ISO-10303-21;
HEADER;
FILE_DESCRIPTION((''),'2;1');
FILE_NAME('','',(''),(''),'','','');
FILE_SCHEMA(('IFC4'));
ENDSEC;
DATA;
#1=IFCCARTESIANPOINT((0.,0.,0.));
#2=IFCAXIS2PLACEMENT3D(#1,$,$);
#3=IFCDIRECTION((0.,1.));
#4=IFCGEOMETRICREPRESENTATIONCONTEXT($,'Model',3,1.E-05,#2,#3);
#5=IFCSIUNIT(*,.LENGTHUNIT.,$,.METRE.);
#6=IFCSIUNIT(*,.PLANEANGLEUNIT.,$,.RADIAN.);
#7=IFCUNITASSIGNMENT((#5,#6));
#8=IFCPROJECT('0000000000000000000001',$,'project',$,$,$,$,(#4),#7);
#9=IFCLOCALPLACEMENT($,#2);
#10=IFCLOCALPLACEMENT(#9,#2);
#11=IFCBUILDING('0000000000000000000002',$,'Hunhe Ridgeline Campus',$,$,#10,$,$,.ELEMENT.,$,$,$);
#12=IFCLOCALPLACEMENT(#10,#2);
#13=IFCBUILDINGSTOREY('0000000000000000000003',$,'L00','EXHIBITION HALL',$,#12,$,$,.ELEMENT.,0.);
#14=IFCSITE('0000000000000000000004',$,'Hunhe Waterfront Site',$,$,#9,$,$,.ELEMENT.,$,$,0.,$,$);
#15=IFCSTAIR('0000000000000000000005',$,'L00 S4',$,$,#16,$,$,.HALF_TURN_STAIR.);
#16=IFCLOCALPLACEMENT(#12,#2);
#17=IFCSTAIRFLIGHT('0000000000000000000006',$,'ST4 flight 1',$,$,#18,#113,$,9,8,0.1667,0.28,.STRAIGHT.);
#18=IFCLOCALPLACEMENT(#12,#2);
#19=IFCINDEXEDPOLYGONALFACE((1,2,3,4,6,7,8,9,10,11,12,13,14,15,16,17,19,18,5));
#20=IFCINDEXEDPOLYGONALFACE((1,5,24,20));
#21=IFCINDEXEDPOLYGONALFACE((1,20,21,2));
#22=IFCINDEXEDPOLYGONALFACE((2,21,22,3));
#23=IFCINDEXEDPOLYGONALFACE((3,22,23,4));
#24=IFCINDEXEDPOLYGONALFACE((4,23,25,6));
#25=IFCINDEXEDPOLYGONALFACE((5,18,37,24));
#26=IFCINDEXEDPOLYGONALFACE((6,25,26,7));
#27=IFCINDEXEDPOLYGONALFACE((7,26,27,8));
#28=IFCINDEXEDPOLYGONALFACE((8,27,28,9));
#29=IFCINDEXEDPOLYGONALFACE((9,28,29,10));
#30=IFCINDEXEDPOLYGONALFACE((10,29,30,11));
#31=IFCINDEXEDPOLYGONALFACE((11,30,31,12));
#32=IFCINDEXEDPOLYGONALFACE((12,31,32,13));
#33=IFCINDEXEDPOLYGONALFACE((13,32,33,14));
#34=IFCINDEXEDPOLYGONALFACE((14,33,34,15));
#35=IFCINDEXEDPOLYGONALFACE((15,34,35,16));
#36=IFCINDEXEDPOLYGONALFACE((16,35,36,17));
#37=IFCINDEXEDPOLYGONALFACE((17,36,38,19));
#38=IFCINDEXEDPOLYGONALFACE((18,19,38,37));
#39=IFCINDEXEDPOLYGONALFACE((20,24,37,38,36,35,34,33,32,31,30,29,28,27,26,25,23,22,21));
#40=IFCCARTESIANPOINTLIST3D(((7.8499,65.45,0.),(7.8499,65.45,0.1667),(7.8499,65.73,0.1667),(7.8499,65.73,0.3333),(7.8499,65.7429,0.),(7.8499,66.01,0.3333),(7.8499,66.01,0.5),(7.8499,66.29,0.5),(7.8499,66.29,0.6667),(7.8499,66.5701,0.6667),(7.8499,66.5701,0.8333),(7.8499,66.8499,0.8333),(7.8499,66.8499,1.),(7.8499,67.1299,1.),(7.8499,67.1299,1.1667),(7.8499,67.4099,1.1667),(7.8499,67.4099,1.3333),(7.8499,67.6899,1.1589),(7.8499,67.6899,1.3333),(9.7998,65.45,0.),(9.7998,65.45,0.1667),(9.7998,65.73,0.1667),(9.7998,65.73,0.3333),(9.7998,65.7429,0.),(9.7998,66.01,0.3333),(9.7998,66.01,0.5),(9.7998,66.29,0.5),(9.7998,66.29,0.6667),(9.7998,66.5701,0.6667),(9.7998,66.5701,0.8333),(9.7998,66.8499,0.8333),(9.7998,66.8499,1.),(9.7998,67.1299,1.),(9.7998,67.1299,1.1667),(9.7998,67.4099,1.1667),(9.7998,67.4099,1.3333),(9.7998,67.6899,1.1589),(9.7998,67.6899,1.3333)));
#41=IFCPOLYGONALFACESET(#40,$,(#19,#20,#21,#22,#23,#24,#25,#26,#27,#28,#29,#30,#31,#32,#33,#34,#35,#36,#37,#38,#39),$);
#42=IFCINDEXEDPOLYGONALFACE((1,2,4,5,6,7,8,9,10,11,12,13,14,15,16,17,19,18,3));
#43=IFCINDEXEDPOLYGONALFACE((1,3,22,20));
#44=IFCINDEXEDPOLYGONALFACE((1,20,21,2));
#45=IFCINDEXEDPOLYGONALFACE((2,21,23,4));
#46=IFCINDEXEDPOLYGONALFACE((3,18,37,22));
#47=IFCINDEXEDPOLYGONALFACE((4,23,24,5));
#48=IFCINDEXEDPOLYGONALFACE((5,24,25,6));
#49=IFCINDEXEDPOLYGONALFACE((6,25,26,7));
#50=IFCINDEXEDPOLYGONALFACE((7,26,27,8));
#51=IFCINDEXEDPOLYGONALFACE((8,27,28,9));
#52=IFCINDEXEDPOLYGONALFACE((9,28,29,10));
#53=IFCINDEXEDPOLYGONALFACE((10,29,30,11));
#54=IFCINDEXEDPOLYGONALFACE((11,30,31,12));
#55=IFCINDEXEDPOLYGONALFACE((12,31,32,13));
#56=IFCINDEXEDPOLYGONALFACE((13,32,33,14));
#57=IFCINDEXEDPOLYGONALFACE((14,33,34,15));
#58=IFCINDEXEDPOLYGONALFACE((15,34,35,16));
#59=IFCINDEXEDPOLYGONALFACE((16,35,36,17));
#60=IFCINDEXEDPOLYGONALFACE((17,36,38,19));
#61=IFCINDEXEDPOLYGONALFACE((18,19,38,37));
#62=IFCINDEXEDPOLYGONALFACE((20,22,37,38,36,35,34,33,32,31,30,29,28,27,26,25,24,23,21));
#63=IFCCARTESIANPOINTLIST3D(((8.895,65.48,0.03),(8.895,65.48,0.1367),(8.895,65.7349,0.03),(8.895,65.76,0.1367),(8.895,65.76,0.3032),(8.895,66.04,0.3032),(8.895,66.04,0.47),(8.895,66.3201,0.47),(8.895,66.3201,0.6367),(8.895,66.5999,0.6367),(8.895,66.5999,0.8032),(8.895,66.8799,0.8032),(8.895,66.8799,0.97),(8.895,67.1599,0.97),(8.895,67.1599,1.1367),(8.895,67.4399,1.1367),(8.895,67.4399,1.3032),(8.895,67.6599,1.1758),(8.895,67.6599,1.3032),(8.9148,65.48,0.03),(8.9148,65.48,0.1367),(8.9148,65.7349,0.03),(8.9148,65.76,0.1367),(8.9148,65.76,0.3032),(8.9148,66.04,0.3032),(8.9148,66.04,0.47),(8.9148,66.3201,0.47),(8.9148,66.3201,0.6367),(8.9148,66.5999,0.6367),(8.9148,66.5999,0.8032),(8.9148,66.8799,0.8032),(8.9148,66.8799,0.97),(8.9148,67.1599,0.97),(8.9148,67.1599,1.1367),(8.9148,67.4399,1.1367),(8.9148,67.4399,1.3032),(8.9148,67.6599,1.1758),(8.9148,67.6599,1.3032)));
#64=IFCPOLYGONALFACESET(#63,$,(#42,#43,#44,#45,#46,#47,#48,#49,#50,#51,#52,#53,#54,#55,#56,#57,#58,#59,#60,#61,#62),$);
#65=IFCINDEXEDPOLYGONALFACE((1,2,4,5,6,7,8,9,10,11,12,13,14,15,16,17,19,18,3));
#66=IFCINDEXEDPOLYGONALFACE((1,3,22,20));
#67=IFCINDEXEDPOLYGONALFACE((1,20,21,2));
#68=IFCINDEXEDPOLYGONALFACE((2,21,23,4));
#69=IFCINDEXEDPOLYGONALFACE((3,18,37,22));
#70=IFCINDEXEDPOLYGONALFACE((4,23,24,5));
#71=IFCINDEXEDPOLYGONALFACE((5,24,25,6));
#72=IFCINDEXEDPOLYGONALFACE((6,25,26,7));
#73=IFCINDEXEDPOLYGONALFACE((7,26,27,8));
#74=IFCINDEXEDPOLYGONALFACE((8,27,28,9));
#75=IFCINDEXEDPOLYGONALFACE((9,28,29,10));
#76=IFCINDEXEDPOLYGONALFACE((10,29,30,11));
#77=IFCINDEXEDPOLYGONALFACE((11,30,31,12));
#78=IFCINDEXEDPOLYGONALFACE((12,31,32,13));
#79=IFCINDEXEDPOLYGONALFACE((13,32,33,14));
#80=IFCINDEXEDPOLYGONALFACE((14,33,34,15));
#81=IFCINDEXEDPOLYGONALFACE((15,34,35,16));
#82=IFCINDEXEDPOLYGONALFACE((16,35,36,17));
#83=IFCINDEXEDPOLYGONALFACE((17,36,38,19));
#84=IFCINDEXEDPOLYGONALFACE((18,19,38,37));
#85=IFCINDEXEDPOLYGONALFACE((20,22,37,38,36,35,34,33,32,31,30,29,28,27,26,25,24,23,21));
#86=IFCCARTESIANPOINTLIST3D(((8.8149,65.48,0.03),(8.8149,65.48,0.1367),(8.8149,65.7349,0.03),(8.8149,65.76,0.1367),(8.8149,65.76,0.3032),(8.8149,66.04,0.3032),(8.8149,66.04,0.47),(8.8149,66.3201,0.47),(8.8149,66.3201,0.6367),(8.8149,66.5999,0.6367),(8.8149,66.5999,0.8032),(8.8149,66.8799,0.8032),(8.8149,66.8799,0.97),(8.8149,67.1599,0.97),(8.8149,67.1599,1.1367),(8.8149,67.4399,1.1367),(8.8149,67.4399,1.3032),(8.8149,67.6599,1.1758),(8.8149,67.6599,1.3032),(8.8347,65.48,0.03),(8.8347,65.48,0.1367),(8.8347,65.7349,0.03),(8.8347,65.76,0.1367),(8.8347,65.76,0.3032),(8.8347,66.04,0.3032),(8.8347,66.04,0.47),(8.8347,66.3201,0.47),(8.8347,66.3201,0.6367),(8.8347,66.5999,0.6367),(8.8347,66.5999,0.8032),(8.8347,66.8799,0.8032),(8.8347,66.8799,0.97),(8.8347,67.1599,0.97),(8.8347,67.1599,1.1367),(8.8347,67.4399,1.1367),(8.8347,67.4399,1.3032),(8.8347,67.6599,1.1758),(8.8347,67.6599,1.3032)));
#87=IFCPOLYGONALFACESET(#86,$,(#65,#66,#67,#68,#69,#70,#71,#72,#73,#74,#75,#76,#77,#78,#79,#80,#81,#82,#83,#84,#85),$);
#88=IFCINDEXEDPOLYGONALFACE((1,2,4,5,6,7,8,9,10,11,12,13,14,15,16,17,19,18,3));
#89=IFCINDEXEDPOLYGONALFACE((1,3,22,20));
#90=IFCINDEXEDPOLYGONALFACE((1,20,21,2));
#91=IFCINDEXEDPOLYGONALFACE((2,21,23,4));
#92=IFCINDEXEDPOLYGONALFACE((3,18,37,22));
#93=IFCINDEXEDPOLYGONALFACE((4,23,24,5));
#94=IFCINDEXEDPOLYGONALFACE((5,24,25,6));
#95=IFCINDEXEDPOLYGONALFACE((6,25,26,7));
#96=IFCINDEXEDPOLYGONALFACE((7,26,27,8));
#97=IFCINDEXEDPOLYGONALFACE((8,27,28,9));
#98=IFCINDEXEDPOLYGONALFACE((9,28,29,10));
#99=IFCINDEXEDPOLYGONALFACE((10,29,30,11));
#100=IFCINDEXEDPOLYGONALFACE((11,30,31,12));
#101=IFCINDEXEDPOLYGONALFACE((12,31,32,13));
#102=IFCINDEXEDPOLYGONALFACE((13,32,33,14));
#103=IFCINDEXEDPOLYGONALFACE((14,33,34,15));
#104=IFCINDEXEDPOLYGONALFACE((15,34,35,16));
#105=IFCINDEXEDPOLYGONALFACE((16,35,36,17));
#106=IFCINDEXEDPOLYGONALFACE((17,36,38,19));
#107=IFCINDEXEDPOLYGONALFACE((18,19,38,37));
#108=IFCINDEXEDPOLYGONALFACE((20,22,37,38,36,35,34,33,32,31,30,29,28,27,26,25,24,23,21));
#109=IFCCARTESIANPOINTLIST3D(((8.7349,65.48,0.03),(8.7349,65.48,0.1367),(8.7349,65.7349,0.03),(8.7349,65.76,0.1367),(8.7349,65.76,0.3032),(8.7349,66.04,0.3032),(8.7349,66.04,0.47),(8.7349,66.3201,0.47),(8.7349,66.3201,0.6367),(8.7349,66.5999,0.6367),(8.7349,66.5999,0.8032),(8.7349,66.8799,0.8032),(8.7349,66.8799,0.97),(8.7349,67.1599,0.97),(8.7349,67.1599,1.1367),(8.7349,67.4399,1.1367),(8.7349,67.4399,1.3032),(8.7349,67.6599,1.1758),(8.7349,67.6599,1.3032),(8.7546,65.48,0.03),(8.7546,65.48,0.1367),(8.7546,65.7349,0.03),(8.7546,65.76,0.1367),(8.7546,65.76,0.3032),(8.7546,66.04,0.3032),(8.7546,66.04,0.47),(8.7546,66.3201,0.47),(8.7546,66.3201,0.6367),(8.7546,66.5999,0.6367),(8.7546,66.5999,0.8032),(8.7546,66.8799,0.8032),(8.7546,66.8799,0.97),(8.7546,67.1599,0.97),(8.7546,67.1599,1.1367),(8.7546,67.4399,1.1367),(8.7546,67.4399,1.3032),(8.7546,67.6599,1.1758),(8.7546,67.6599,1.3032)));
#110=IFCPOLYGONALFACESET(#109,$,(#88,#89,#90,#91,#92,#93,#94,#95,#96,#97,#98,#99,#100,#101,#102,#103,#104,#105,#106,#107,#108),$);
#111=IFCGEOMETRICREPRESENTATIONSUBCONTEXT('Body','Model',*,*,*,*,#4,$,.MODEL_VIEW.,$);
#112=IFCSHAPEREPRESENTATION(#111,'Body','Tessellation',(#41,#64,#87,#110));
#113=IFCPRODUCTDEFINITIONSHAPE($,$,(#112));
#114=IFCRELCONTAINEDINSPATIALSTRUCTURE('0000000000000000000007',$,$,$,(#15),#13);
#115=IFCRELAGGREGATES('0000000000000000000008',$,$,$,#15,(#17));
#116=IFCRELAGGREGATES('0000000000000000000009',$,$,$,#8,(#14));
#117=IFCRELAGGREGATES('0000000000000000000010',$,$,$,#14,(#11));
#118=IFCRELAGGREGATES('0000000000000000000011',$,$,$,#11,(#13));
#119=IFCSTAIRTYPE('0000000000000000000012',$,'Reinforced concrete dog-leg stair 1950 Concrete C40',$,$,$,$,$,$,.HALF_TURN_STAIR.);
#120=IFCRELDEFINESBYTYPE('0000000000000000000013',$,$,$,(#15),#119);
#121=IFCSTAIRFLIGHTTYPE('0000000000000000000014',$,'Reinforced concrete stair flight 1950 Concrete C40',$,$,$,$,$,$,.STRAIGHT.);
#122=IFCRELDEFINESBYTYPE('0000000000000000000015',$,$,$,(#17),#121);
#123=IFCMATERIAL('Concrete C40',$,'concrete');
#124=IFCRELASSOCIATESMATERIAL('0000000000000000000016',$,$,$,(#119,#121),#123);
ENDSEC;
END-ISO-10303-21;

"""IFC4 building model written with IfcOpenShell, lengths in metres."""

from ifc_helpers import new_model, si_unit, direction, frame, origin, place, context, subcontext, project, spatial, polyline, outline, extrude, material, type_object, element, aggregate, save


model = new_model("IFC4")

# Units and contexts
model_context = context("Model", 3, precision=1e-05, world=origin(), true_north=direction((0.0, 1.0)))
body_context = subcontext(model_context, "Body", "Model", "MODEL_VIEW")
ifc_project = project(units=[si_unit("LENGTHUNIT", "METRE"), si_unit("PLANEANGLEUNIT", "RADIAN")], contexts=[model_context])

# Site, building, storey
site_placement = place(None, origin())
site = spatial("IfcSite", under=ifc_project, at=site_placement, Name="Hunhe Waterfront Site", CompositionType="ELEMENT", RefElevation=0.0)
building_placement = place(site_placement, origin())
building = spatial("IfcBuilding", under=site, at=building_placement, Name="Hunhe Ridgeline Campus", CompositionType="ELEMENT")
storey_placement = place(building_placement, origin())
storey = spatial("IfcBuildingStorey", under=building, at=storey_placement, Name="L00", Description="EXHIBITION HALL", CompositionType="ELEMENT", Elevation=0.0)

# Stair, stair flight
ifc_material_1 = material(Name="Concrete C40", Category="concrete")
stair_type = type_object("IfcStairType", Name="Reinforced concrete dog-leg stair 1950 Concrete C40", PredefinedType="HALF_TURN_STAIR", material=ifc_material_1)
stair_flight_type = type_object("IfcStairFlightType", Name="Reinforced concrete stair flight 1950 Concrete C40", PredefinedType="STRAIGHT", material=ifc_material_1)
stair_1_placement = place(storey_placement, origin())
stair_1 = element("IfcStair", 1, at=stair_1_placement, inside=storey, type_object=stair_type, Name="L00 S4", PredefinedType="HALF_TURN_STAIR")
stair_flight_1_placement = place(storey_placement, frame((8.825, 65.45, 0.0), z_axis=(0.0, 0.0, 1.0), x_axis=(0.0, 1.0, 0.0)))
stair_flight_1 = element("IfcStairFlight", 2, at=stair_flight_1_placement, type_object=stair_flight_type, Name="ST4 flight 1", NumberOfRisers=9, NumberOfTreads=8, PredefinedType="STRAIGHT", RiserHeight=0.1667, TreadLength=0.28, context=body_context, shape_type="SweptSolid", body=[
    extrude(outline(polyline([(0.0, 0.0), (0.0, 0.1667), (0.28, 0.1667), (0.28, 0.3333), (0.5601, 0.3333), (0.5601, 0.5), (0.8401, 0.5), (0.8401, 0.6667), (1.1201, 0.6667), (1.1201, 0.8333), (1.3999, 0.8333), (1.3999, 1.0), (1.6799, 1.0), (1.6799, 1.1667), (1.96, 1.1667), (1.96, 1.3333), (2.24, 1.3333), (2.24, 1.5), (2.24, 1.1589), (0.293, 0.0), (0.0, 0.0)])), frame((0.0, 0.9751, 0.0), z_axis=(0.0, -1.0, 0.0), x_axis=(1.0, 0.0, 0.0)), (0.0, 0.0, 1.0), 1.95),
    extrude(outline(polyline([(0.03, 0.03), (0.03, 0.1367), (0.3101, 0.1367), (0.3101, 0.3032), (0.5901, 0.3032), (0.5901, 0.47), (0.8701, 0.47), (0.8701, 0.6367), (1.1499, 0.6367), (1.1499, 0.8032), (1.4299, 0.8032), (1.4299, 0.97), (1.71, 0.97), (1.71, 1.1367), (1.99, 1.1367), (1.99, 1.3032), (2.21, 1.3032), (2.21, 1.1758), (0.2849, 0.03), (0.03, 0.03)])), frame((0.0, -0.0701, 0.0), z_axis=(0.0, -1.0, 0.0), x_axis=(1.0, 0.0, 0.0)), (0.0, 0.0, 1.0), 0.0198),
    extrude(outline(polyline([(0.03, 0.03), (0.03, 0.1367), (0.3101, 0.1367), (0.3101, 0.3032), (0.5901, 0.3032), (0.5901, 0.47), (0.8701, 0.47), (0.8701, 0.6367), (1.1499, 0.6367), (1.1499, 0.8032), (1.4299, 0.8032), (1.4299, 0.97), (1.71, 0.97), (1.71, 1.1367), (1.99, 1.1367), (1.99, 1.3032), (2.21, 1.3032), (2.21, 1.1758), (0.2849, 0.03), (0.03, 0.03)])), frame((0.0, 0.01, 0.0), z_axis=(0.0, -1.0, 0.0), x_axis=(1.0, 0.0, 0.0)), (0.0, 0.0, 1.0), 0.0198),
    extrude(outline(polyline([(0.03, 0.03), (0.03, 0.1367), (0.3101, 0.1367), (0.3101, 0.3032), (0.5901, 0.3032), (0.5901, 0.47), (0.8701, 0.47), (0.8701, 0.6367), (1.1499, 0.6367), (1.1499, 0.8032), (1.4299, 0.8032), (1.4299, 0.97), (1.71, 0.97), (1.71, 1.1367), (1.99, 1.1367), (1.99, 1.3032), (2.21, 1.3032), (2.21, 1.1758), (0.2849, 0.03), (0.03, 0.03)])), frame((0.0, 0.0901, 0.0), z_axis=(0.0, -1.0, 0.0), x_axis=(1.0, 0.0, 0.0)), (0.0, 0.0, 1.0), 0.0198),
])
aggregate(stair_1, [stair_flight_1])

save(model, "model.ifc")
